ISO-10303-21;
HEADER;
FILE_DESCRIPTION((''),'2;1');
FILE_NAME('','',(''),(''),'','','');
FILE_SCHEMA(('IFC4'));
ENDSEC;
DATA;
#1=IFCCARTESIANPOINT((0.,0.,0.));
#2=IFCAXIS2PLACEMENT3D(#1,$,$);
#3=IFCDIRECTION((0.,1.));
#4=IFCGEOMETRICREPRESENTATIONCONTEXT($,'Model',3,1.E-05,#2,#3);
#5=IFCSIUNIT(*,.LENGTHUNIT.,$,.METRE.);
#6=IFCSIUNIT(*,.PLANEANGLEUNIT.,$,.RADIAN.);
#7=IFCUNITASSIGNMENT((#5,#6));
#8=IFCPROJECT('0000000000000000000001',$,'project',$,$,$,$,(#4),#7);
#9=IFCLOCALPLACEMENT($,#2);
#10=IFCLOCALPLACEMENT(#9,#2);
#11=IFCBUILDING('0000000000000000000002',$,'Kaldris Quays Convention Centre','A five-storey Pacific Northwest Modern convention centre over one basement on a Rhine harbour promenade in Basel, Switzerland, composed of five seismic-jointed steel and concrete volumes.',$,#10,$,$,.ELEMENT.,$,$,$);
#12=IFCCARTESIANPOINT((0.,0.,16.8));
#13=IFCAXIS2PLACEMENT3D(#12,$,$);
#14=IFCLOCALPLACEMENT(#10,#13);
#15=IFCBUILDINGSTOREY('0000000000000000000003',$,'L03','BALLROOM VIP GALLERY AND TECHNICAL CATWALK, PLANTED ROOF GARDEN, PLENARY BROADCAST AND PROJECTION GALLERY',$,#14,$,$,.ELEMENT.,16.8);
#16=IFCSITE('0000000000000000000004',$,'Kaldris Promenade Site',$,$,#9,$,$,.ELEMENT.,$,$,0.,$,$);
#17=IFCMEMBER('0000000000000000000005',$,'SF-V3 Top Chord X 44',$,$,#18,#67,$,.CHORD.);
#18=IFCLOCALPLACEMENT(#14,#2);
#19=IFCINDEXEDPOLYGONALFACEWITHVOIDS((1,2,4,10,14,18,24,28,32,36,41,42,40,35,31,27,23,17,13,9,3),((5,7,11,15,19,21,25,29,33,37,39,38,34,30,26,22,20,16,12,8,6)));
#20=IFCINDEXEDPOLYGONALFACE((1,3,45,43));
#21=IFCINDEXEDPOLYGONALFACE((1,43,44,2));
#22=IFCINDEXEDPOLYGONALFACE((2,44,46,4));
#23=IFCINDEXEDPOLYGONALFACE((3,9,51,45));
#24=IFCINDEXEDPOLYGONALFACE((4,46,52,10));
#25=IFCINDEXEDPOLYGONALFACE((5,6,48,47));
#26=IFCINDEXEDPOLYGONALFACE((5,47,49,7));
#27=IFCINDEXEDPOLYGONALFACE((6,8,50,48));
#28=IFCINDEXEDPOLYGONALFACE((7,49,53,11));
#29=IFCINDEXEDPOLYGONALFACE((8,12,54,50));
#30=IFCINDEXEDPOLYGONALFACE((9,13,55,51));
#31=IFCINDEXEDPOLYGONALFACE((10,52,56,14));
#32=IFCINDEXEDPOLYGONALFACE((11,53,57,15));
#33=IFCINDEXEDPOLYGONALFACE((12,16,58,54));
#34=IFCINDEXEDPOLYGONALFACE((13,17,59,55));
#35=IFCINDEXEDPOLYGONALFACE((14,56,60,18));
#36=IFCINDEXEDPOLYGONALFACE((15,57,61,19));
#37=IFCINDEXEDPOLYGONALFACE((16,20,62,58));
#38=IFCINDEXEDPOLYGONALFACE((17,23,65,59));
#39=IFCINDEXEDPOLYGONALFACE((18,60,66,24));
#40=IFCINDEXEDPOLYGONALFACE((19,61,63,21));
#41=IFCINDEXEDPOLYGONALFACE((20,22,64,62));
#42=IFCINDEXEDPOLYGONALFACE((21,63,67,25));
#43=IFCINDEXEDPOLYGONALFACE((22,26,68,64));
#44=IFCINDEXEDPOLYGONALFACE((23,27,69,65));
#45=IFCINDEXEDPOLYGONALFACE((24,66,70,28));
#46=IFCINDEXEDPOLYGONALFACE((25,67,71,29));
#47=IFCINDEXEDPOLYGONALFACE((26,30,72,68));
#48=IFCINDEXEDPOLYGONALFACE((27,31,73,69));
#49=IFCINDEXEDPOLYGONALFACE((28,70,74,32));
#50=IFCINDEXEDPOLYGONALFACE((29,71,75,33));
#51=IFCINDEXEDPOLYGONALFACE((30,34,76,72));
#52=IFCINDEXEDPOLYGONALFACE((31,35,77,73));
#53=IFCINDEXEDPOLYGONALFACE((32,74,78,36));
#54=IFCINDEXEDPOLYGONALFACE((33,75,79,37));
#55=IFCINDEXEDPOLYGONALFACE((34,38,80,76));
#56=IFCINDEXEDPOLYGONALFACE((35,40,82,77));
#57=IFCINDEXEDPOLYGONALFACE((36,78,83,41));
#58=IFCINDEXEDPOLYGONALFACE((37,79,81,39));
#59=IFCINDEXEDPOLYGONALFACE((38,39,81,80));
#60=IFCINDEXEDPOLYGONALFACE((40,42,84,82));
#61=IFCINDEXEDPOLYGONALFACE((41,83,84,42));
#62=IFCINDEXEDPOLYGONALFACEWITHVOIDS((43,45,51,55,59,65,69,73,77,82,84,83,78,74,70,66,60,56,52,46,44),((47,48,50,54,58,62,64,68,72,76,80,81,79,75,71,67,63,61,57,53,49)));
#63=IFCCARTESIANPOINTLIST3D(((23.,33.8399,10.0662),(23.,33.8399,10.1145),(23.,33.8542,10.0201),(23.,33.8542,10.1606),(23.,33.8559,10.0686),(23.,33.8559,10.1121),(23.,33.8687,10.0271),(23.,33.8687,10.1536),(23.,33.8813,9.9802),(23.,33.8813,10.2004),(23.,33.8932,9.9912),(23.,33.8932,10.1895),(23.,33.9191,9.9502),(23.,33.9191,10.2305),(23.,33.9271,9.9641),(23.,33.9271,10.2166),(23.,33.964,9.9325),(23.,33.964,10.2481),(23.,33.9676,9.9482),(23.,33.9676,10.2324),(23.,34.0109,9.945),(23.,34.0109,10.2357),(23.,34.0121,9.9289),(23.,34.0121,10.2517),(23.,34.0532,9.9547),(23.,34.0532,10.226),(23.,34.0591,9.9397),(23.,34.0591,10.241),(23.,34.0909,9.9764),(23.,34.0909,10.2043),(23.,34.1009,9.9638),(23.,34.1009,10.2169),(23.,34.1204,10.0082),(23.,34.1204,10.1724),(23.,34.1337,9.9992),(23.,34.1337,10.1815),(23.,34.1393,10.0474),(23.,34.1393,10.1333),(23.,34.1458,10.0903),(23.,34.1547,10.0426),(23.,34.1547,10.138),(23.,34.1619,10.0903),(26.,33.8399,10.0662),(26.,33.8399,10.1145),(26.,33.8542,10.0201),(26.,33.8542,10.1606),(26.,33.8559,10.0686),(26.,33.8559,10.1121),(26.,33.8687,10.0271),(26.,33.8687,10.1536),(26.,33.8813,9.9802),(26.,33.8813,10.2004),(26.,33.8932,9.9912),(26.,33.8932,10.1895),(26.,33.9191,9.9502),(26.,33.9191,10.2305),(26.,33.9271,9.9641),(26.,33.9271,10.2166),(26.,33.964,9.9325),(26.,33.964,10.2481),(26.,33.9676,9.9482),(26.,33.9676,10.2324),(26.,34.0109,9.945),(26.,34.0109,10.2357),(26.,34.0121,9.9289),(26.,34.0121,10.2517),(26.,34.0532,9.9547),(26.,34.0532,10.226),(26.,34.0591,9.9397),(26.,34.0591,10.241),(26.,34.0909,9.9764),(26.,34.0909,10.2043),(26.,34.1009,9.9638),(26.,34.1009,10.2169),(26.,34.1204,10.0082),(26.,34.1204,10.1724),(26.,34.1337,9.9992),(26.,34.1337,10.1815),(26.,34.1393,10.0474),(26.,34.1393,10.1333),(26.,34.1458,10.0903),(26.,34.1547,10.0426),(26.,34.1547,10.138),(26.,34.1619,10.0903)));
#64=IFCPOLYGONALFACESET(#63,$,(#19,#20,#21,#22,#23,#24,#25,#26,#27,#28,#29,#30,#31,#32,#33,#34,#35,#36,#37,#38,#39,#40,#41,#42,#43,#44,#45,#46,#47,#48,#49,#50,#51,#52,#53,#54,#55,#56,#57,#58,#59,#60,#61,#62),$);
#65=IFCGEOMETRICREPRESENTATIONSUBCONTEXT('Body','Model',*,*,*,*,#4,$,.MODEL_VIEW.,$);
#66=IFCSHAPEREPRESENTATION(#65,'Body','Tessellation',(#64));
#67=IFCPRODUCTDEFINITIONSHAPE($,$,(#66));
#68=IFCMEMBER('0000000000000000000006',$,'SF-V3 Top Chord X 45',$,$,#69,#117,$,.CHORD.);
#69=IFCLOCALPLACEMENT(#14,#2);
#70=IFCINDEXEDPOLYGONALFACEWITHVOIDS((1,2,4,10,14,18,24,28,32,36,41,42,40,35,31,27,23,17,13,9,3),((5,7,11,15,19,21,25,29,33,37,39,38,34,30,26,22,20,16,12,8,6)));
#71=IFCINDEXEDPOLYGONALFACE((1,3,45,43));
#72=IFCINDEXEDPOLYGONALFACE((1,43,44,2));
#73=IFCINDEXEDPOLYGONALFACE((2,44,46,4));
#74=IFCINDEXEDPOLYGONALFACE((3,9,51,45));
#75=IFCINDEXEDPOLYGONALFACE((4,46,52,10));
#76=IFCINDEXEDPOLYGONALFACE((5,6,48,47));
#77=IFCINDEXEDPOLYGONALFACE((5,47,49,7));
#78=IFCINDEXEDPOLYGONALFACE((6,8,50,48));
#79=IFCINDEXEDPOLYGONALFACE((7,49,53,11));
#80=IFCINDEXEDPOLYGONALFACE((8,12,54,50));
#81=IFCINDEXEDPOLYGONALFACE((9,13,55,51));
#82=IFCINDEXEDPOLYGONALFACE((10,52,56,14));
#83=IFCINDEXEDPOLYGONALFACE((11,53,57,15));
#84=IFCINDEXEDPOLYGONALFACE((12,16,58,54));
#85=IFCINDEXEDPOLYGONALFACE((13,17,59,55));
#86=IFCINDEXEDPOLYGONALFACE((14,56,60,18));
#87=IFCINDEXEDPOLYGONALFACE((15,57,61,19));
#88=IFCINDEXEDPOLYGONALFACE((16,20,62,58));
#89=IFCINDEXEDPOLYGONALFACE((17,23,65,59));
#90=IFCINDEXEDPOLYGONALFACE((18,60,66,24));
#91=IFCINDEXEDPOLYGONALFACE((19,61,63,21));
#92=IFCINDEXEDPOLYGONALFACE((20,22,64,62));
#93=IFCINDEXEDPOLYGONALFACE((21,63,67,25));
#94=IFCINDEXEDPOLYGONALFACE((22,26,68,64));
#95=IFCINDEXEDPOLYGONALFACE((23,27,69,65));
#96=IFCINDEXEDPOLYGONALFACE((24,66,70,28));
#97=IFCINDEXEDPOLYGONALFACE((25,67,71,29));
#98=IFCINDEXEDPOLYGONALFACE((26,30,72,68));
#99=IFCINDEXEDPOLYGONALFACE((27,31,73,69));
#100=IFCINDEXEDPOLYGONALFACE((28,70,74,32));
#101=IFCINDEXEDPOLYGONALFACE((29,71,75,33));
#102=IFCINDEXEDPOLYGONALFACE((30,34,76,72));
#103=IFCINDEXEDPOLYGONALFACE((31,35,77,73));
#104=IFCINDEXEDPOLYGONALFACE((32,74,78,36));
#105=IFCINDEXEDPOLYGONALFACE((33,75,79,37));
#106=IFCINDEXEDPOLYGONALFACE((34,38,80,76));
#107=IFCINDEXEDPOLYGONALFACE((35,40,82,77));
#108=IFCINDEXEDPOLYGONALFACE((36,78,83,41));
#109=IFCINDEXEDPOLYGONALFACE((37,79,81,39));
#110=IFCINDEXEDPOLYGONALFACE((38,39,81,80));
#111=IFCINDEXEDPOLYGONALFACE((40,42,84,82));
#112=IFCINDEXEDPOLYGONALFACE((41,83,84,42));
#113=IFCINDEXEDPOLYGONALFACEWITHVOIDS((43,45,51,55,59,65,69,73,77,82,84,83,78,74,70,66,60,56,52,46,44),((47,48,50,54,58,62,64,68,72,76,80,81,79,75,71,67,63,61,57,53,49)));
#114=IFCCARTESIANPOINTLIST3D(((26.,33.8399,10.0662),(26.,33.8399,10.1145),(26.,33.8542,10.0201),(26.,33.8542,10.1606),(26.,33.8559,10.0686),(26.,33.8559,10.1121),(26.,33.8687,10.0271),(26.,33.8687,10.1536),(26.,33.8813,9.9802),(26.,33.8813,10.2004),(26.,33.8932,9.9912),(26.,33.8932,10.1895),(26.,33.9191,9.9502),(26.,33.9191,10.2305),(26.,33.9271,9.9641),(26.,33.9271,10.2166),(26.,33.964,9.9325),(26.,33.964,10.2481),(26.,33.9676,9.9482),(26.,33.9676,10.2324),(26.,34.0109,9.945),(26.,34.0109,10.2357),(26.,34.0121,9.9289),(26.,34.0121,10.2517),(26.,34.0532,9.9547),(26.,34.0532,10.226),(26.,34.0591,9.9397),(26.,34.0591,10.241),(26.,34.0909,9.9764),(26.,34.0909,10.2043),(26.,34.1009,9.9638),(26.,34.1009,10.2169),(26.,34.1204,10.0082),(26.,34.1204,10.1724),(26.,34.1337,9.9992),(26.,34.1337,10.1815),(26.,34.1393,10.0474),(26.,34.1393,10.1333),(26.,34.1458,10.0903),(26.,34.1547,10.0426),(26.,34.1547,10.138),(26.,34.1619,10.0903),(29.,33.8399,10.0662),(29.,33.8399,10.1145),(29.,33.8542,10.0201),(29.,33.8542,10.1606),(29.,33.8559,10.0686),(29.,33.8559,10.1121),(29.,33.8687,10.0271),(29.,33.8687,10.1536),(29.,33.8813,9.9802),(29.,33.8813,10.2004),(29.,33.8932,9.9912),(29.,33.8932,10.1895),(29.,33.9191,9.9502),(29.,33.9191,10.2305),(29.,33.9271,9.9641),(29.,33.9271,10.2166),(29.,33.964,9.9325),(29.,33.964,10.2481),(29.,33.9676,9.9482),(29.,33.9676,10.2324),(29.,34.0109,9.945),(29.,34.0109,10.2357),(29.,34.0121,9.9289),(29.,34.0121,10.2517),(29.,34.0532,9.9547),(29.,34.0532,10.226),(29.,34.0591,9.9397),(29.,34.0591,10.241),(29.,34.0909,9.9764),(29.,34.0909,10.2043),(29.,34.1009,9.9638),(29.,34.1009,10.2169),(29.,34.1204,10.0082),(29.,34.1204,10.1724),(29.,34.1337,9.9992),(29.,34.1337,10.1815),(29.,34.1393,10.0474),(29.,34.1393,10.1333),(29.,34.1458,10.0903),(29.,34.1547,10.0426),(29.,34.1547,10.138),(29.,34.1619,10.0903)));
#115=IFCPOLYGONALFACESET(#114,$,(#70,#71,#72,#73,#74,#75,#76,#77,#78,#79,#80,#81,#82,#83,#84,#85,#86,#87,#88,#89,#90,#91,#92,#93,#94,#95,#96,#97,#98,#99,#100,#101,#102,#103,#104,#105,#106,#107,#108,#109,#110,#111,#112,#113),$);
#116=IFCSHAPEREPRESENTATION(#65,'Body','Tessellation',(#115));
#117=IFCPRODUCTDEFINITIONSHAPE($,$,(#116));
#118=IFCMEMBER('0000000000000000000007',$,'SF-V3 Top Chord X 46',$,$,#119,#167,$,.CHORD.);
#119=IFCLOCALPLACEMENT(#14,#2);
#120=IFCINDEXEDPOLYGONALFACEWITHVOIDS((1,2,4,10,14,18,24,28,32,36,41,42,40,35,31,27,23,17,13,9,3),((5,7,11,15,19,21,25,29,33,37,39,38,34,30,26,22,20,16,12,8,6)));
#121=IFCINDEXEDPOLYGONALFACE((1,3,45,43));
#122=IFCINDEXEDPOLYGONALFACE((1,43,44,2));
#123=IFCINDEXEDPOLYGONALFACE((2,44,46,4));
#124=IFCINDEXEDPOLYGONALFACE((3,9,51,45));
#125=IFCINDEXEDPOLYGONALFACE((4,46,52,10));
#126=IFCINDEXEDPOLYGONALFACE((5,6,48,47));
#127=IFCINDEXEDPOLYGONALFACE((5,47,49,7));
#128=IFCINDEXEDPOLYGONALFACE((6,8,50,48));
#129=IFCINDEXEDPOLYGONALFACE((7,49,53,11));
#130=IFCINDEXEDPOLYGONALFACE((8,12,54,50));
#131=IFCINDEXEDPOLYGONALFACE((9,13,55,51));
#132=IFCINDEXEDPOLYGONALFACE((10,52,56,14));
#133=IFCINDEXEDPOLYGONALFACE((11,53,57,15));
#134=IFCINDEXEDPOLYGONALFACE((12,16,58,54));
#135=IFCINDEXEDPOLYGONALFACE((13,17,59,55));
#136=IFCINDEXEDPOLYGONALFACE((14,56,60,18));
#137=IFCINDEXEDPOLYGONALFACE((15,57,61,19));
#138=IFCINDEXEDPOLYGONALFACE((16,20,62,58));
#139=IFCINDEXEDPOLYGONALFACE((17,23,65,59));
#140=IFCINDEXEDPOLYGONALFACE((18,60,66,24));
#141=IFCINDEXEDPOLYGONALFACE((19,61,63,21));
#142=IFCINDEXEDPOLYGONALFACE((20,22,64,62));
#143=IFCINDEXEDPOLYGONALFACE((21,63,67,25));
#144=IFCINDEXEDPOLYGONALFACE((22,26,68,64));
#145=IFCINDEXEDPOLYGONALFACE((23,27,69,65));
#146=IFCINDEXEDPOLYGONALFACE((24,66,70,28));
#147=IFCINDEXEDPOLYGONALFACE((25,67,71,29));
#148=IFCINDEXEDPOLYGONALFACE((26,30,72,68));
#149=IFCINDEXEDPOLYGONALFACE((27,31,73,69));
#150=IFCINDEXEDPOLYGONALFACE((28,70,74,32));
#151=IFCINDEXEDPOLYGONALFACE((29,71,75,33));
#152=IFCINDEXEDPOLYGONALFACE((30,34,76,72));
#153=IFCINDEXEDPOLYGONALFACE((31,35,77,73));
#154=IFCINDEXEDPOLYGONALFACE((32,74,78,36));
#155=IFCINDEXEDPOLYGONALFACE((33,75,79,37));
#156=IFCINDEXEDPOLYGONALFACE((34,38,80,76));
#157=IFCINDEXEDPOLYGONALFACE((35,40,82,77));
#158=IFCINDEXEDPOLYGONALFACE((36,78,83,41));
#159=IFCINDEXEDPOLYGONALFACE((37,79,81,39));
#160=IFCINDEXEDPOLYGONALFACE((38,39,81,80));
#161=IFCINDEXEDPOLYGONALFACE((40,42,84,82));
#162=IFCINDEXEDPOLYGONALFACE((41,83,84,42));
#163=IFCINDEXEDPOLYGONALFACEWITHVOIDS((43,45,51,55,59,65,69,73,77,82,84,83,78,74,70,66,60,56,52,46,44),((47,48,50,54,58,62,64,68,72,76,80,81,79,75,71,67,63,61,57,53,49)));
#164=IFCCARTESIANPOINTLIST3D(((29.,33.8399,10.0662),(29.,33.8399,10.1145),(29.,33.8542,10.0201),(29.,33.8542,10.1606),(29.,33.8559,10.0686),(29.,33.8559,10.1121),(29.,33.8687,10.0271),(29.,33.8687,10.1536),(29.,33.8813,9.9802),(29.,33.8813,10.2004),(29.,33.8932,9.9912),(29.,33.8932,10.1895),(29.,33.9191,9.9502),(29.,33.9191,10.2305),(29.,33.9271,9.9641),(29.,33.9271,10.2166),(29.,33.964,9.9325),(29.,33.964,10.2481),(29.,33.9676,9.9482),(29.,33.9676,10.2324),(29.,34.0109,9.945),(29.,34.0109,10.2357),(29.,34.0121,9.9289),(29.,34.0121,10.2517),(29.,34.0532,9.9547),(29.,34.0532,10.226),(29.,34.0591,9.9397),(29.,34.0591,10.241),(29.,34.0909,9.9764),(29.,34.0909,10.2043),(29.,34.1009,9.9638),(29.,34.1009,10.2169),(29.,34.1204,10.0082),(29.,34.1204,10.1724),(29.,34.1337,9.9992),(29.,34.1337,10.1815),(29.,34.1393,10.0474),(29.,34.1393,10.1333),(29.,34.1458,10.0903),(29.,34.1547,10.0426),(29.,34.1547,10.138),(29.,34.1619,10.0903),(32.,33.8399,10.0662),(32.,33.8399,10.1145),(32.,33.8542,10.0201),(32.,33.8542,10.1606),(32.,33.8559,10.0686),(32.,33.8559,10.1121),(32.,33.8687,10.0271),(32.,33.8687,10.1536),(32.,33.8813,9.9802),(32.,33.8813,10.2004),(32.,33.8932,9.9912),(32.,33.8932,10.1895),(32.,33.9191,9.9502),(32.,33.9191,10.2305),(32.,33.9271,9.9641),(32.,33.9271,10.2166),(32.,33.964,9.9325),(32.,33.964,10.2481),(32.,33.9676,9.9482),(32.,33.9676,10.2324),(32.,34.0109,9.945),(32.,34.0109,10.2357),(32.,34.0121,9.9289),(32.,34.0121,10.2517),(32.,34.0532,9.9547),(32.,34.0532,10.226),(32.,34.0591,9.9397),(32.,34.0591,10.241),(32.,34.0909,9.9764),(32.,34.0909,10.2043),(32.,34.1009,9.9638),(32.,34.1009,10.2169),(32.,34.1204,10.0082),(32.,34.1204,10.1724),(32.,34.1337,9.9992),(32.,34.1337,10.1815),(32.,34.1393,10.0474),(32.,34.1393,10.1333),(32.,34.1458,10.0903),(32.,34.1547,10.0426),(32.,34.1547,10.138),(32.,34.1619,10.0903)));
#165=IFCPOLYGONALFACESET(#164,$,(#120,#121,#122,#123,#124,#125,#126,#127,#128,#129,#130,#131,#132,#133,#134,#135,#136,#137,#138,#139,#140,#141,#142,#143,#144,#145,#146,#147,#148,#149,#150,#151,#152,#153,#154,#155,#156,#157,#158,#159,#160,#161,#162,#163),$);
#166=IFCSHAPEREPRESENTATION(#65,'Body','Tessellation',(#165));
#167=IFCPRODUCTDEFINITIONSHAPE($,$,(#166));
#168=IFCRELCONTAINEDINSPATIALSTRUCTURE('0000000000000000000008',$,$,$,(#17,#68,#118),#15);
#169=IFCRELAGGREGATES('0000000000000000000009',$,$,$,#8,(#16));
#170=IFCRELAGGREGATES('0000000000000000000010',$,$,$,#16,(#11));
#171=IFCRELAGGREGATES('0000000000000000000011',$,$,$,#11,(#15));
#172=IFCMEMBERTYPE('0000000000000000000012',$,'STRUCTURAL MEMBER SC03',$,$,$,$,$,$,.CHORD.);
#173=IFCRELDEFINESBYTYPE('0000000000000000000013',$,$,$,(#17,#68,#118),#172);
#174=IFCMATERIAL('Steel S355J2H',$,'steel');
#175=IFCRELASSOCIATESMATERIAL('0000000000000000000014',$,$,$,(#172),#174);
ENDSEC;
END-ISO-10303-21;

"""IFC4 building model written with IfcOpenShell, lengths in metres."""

from ifc_helpers import new_model, si_unit, direction, frame, origin, origin_2d, place, context, subcontext, project, spatial, hollow_circle, extrude, material, material_profile, profile_set, type_object, element, save


model = new_model("IFC4")

# Units and contexts
model_context = context("Model", 3, precision=1e-05, world=origin(), true_north=direction((0.0, 1.0)))
body_context = subcontext(model_context, "Body", "Model", "MODEL_VIEW")
ifc_project = project(units=[si_unit("LENGTHUNIT", "METRE"), si_unit("PLANEANGLEUNIT", "RADIAN")], contexts=[model_context])

# Site, building, storey
site_placement = place(None, origin())
site = spatial("IfcSite", under=ifc_project, at=site_placement, Name="Kaldris Promenade Site", CompositionType="ELEMENT", RefElevation=0.0)
building_placement = place(site_placement, origin())
building = spatial("IfcBuilding", under=site, at=building_placement, Name="Kaldris Quays Convention Centre", Description="A five-storey Pacific Northwest Modern convention centre over one basement on a Rhine harbour promenade in Basel, Switzerland, composed of five seismic-jointed steel and concrete volumes.", CompositionType="ELEMENT")
storey_placement = place(building_placement, frame((0.0, 0.0, 16.8)))
storey = spatial("IfcBuildingStorey", under=building, at=storey_placement, Name="L03", Description="BALLROOM VIP GALLERY AND TECHNICAL CATWALK, PLANTED ROOF GARDEN, PLENARY BROADCAST AND PROJECTION GALLERY", CompositionType="ELEMENT", Elevation=16.8)

# Members
ifc_material_1 = material(Name="Steel S355J2H", Category="steel")
ifc_material_profile_1 = material_profile(ifc_material_1, hollow_circle(Radius=0.1619, WallThickness=0.0161, at=origin_2d()), Name="CHS 323.9x16")
ifc_profile_set_1 = profile_set([ifc_material_profile_1], Name="Steel S355J2H")
member_type_1 = type_object("IfcMemberType", Name="STRUCTURAL MEMBER SC03", PredefinedType="CHORD", material=ifc_profile_set_1)
for number, where, z_axis, x_axis, name in (
    (1, (23.0, 34.0, 10.0903), (1.0, 0.0, 0.0), (0.0, 1.0, 0.0), "SF-V3 Top Chord X 44"),
    (2, (26.0, 34.0, 10.0903), (1.0, 0.0, 0.0), (0.0, 1.0, 0.0), "SF-V3 Top Chord X 45"),
    (3, (29.0, 34.0, 10.0903), (1.0, 0.0, 0.0), (0.0, 1.0, 0.0), "SF-V3 Top Chord X 46"),
):
    element("IfcMember", number, at=place(storey_placement, frame(where, z_axis=z_axis, x_axis=x_axis)), inside=storey, type_object=member_type_1, Name=name, PredefinedType="CHORD", context=body_context, shape_type="SweptSolid", body=[
        extrude(hollow_circle(Radius=0.1619, WallThickness=0.0161, at=origin_2d()), origin(), (0.0, 0.0, 1.0), 3.0),
    ])

save(model, "model.ifc")
